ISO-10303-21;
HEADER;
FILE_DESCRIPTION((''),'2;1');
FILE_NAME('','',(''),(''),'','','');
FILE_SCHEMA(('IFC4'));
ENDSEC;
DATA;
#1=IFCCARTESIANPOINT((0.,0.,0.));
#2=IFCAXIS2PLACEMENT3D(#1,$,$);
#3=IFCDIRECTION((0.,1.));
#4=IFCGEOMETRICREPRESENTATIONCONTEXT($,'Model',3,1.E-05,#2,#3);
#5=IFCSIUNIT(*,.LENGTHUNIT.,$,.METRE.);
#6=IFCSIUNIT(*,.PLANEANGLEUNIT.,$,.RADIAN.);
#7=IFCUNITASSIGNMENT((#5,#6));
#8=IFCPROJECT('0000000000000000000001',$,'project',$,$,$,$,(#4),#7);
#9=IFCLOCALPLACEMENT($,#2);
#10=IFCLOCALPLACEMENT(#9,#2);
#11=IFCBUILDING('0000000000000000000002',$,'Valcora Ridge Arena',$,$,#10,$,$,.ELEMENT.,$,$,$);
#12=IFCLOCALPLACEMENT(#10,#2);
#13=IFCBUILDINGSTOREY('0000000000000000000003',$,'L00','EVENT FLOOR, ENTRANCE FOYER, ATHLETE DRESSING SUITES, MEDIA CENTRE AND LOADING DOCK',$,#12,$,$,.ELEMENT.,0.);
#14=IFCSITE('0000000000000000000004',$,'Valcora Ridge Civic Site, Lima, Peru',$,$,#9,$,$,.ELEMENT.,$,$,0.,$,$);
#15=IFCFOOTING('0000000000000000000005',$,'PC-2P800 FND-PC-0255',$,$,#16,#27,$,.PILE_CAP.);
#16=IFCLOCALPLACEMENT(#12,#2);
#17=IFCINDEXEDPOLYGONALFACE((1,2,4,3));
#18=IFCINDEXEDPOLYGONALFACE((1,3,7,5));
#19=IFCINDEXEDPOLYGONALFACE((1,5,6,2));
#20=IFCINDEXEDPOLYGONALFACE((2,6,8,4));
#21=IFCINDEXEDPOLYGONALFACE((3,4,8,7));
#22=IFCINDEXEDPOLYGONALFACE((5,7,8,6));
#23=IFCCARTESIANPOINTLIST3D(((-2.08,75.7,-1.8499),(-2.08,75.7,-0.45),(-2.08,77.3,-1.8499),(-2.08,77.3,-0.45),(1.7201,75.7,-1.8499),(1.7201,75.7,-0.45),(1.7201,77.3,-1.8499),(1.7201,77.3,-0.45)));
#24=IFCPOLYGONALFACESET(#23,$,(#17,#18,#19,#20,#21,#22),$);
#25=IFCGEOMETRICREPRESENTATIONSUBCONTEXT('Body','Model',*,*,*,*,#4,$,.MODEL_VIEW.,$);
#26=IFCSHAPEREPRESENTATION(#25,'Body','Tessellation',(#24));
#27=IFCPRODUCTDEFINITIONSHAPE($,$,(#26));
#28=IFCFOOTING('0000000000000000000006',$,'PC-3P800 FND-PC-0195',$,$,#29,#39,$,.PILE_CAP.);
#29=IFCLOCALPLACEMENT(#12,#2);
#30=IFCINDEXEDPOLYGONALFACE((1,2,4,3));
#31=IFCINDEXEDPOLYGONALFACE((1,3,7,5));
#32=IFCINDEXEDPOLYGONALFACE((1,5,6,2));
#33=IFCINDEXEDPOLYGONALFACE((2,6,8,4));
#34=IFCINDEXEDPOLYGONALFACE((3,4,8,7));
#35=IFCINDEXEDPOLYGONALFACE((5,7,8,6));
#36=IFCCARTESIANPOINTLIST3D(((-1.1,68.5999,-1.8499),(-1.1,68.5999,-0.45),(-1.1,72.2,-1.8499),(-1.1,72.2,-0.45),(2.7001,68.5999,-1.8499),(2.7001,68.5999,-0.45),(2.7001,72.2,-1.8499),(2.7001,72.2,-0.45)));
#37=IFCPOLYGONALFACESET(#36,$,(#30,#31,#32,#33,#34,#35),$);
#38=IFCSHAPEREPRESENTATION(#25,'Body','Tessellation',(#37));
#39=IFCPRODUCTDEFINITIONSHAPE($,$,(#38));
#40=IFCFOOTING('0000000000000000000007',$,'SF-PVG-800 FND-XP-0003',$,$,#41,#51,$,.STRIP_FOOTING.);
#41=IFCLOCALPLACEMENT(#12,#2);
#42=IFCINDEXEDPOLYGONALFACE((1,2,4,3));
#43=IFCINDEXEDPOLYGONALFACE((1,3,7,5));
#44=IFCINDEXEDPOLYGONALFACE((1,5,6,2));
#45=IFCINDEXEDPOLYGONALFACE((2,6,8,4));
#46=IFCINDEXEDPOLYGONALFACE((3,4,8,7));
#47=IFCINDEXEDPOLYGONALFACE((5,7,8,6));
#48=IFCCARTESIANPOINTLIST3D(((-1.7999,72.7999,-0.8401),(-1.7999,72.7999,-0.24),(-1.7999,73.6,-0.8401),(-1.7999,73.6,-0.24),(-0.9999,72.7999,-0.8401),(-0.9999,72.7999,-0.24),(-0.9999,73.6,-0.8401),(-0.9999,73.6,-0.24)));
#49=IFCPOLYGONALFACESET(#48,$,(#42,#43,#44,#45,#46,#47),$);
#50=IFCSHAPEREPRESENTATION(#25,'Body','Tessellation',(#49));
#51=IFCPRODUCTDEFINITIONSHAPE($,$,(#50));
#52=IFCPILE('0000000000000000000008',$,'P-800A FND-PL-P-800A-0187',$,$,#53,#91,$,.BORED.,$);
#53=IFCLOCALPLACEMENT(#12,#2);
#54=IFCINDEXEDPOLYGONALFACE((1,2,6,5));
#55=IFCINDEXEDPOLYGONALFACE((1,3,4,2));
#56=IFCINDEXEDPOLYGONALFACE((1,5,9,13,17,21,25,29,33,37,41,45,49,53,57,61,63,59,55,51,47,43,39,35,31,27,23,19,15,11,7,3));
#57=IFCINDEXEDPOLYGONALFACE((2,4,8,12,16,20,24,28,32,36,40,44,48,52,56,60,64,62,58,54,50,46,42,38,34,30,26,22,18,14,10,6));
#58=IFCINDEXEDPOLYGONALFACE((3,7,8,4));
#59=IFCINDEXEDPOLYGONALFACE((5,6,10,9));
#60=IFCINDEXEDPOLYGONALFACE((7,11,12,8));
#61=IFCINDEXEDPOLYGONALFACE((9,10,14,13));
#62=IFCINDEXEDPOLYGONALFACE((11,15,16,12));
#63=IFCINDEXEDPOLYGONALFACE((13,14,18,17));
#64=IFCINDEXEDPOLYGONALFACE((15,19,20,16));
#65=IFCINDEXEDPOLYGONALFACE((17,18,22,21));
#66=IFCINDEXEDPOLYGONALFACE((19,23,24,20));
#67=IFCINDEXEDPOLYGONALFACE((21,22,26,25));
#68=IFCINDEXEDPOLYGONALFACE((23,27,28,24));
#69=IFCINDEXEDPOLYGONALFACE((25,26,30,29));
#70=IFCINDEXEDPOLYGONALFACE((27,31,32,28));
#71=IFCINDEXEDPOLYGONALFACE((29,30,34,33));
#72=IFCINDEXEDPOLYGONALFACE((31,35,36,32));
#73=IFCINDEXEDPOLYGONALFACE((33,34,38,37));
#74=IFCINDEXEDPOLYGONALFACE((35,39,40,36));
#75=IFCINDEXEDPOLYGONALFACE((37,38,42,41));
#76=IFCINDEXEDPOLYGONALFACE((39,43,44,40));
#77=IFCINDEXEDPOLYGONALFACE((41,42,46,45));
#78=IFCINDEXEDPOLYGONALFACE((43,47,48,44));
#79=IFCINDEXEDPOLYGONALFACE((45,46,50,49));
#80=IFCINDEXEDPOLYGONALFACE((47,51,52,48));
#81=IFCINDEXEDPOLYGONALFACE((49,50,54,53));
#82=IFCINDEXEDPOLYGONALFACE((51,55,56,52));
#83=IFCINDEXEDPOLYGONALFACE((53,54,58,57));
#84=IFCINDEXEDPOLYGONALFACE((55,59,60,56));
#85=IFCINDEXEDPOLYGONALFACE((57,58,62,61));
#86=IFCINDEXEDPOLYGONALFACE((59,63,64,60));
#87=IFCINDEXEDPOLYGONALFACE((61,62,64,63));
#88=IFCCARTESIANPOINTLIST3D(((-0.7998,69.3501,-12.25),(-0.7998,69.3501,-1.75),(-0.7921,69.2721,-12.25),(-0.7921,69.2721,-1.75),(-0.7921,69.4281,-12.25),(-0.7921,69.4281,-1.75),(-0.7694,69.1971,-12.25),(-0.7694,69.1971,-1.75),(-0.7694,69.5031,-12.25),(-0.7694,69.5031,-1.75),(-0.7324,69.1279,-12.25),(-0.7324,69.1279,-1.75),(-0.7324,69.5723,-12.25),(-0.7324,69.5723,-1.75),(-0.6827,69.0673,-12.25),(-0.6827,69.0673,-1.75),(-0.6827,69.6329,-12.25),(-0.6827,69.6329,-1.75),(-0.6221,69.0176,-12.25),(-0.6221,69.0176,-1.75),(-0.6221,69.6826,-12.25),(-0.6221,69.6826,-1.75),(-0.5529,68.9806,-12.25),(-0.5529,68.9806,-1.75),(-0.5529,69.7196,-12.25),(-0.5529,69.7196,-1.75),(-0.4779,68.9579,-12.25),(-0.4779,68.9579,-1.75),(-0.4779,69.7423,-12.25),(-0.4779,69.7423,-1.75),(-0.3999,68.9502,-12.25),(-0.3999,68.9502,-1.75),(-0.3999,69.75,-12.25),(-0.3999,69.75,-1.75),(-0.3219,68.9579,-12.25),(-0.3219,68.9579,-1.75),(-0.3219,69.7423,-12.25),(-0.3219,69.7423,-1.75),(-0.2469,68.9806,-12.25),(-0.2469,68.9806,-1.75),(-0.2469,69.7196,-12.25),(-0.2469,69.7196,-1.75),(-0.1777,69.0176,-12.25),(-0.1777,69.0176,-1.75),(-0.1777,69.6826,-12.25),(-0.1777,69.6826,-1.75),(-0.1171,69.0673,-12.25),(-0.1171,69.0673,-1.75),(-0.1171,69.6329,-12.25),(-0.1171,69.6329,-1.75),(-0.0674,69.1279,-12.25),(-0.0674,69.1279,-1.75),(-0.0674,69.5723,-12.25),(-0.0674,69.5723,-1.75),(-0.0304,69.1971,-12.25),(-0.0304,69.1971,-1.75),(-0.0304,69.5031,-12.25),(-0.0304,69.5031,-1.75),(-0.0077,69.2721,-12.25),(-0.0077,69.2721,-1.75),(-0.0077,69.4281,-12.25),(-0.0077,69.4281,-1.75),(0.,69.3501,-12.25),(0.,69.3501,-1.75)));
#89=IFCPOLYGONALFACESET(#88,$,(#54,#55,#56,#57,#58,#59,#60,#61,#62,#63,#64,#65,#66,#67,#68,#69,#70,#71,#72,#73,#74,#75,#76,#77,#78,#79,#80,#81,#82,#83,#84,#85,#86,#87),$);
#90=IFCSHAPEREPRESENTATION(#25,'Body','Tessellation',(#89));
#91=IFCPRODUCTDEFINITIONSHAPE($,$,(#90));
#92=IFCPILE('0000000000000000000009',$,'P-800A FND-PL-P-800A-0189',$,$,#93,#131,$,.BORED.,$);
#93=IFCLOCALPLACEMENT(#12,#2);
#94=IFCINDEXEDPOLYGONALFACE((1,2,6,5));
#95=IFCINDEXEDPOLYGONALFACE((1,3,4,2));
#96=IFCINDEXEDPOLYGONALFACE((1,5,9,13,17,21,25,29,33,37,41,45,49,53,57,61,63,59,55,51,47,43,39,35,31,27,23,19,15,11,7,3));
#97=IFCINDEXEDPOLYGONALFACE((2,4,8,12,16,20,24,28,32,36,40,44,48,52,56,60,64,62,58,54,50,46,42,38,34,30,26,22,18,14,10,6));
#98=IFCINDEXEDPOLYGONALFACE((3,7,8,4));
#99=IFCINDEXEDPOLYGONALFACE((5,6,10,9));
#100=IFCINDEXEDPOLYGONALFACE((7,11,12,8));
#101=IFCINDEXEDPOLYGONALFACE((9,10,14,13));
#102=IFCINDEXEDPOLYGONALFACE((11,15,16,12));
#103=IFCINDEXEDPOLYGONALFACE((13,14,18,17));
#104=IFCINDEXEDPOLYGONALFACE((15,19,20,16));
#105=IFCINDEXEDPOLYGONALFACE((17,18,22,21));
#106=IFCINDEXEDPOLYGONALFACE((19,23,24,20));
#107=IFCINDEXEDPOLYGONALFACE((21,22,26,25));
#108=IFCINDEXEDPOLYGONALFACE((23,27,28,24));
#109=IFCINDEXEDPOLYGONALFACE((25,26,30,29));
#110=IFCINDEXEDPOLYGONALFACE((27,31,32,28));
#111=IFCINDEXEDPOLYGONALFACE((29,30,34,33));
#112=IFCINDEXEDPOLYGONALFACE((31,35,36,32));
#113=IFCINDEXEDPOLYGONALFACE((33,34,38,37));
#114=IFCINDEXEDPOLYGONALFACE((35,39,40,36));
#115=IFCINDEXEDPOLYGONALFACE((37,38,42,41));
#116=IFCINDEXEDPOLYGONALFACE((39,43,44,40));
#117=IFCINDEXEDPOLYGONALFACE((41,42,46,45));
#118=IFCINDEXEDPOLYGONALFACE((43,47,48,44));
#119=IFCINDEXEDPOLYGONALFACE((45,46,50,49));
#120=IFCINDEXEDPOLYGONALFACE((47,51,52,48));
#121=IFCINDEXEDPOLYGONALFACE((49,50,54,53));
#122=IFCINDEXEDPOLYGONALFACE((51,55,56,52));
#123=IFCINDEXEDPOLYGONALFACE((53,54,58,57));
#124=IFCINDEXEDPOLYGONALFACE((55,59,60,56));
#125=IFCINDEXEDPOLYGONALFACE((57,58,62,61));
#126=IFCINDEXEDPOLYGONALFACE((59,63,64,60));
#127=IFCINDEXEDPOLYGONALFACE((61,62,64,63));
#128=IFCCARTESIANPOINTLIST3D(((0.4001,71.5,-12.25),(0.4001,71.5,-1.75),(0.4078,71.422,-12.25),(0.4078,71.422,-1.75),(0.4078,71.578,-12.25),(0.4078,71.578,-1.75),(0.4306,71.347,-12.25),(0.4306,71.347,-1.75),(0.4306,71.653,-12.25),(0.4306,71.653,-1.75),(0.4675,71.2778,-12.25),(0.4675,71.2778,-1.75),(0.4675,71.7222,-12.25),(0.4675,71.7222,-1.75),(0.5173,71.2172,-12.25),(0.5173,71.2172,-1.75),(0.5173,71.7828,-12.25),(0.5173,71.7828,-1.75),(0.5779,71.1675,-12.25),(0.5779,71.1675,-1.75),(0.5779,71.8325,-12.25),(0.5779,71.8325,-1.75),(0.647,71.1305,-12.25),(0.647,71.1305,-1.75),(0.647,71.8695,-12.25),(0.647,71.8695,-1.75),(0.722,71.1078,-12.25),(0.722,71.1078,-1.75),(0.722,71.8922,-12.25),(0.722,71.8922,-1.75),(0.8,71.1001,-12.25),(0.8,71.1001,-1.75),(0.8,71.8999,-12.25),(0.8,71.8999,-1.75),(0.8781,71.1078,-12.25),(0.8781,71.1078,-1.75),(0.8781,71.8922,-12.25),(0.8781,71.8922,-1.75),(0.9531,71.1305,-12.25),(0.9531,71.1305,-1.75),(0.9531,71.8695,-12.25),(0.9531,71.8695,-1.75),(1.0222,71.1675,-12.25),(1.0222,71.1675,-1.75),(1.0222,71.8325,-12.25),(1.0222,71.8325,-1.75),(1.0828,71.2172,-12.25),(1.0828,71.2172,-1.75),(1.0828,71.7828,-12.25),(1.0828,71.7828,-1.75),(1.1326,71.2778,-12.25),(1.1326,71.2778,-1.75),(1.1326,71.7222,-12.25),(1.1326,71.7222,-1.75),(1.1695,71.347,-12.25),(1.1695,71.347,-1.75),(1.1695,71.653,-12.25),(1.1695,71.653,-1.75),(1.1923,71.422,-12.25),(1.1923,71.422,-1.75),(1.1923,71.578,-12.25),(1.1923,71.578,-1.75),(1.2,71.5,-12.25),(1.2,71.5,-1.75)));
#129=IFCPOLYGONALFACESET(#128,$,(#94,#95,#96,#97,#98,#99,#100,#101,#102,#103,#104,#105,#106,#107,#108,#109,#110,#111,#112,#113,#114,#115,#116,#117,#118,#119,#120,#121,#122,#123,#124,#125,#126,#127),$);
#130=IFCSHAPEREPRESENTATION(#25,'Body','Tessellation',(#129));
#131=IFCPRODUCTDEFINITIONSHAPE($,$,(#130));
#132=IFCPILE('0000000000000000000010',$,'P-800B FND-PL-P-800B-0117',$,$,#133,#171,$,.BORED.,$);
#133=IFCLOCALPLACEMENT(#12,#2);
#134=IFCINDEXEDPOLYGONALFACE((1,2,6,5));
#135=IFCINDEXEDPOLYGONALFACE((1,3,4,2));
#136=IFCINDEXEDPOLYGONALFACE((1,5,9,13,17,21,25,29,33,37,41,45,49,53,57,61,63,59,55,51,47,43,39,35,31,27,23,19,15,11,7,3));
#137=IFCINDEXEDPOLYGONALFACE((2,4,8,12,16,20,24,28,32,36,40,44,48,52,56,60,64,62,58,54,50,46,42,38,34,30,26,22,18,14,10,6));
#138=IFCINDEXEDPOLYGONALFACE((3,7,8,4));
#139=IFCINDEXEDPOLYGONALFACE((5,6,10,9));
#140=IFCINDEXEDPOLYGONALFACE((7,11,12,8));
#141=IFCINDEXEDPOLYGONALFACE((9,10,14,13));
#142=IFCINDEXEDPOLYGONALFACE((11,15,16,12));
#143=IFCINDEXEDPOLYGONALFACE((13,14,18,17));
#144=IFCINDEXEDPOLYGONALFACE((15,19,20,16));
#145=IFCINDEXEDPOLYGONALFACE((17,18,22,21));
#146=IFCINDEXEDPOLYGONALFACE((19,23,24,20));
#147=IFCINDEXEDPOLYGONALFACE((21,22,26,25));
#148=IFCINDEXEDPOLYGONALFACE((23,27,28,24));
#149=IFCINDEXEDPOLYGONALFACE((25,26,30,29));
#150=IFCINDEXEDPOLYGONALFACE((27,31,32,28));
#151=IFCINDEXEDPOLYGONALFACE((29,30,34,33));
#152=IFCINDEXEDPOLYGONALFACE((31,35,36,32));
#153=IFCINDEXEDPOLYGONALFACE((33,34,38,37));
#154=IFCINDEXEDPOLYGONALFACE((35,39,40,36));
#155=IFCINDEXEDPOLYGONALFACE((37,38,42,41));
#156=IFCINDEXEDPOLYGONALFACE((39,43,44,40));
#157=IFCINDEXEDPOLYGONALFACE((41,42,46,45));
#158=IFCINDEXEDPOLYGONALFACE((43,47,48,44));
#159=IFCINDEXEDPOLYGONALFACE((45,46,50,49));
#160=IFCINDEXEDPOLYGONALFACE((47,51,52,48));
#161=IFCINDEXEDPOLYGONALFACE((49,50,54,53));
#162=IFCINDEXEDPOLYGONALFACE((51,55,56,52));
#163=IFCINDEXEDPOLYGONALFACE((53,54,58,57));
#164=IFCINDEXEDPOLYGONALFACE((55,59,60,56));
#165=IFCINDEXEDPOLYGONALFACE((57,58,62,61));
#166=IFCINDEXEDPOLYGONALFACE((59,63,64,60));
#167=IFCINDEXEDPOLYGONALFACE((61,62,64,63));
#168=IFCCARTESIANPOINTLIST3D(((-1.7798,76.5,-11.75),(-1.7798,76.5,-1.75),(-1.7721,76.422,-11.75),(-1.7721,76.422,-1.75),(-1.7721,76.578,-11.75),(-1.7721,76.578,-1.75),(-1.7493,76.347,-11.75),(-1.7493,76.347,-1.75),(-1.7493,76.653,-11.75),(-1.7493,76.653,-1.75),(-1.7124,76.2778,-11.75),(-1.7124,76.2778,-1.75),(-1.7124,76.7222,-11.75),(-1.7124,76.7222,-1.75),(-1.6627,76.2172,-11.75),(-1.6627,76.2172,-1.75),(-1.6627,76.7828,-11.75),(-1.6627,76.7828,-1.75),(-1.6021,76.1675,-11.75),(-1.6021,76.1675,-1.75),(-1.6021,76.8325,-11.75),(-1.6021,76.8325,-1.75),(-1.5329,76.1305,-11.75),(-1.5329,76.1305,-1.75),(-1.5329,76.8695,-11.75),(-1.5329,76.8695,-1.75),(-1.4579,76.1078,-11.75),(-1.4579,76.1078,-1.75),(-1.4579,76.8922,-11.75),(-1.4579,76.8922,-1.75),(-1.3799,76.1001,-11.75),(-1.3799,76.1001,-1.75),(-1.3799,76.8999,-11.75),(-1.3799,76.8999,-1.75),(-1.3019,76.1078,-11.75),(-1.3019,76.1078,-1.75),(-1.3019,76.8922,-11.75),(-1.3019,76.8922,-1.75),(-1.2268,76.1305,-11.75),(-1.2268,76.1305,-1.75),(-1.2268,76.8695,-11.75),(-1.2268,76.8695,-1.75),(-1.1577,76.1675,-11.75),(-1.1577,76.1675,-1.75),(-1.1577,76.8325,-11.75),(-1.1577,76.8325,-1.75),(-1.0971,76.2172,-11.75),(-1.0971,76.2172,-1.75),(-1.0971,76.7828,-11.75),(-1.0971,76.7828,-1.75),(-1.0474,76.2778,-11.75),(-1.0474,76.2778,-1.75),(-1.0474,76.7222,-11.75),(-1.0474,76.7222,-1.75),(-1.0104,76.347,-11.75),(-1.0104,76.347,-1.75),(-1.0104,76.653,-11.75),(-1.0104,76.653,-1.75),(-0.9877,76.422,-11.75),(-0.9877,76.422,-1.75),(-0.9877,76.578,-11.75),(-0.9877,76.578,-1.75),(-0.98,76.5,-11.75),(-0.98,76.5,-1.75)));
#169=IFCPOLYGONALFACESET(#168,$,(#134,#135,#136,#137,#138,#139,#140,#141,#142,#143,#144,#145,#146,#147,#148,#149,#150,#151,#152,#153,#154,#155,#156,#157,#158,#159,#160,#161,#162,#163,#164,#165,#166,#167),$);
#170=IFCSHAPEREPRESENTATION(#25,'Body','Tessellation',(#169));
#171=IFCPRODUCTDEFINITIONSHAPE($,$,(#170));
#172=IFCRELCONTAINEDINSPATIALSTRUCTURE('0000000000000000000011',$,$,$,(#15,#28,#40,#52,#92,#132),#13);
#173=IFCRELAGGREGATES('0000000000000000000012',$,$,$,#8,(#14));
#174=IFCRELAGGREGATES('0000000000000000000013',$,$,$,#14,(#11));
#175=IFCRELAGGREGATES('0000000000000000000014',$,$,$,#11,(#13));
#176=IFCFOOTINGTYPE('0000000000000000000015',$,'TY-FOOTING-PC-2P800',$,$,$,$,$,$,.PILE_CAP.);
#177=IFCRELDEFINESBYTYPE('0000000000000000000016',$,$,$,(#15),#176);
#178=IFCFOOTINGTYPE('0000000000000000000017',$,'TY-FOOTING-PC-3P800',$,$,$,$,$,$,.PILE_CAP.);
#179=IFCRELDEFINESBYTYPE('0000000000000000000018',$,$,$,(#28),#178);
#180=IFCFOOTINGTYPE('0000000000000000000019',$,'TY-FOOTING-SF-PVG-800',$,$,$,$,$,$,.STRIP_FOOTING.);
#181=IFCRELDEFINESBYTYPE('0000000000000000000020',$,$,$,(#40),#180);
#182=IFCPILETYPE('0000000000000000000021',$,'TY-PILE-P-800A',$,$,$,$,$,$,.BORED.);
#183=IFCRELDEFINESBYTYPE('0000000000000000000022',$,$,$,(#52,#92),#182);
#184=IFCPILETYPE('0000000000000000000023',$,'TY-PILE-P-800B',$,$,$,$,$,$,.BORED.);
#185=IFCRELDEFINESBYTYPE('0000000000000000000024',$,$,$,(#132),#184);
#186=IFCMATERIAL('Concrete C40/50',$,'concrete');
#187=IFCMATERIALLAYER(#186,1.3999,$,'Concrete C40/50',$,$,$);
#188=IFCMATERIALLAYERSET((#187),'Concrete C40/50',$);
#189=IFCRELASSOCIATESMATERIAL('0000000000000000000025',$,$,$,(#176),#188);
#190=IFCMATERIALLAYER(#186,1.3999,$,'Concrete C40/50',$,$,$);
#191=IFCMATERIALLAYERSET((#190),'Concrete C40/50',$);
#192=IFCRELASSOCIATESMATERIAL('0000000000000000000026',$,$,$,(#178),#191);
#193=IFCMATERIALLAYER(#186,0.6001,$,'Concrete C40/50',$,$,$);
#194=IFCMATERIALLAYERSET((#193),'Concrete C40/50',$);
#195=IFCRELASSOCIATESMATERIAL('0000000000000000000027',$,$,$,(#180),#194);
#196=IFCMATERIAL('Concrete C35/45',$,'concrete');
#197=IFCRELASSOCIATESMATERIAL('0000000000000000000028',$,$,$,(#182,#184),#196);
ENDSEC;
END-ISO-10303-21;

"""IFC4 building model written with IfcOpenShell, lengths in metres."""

from ifc_helpers import new_model, si_unit, direction, frame, origin, origin_2d, place, context, subcontext, project, spatial, rectangle, circle, extrude, material, layer, layer_set, material_profile, profile_set, type_object, element, save


model = new_model("IFC4")

# Units and contexts
model_context = context("Model", 3, precision=1e-05, world=origin(), true_north=direction((0.0, 1.0)))
body_context = subcontext(model_context, "Body", "Model", "MODEL_VIEW")
ifc_project = project(units=[si_unit("LENGTHUNIT", "METRE"), si_unit("PLANEANGLEUNIT", "RADIAN")], contexts=[model_context])

# Site, building, storey
site_placement = place(None, origin())
site = spatial("IfcSite", under=ifc_project, at=site_placement, Name="Valcora Ridge Civic Site, Lima, Peru", CompositionType="ELEMENT", RefElevation=0.0)
building_placement = place(site_placement, origin())
building = spatial("IfcBuilding", under=site, at=building_placement, Name="Valcora Ridge Arena", CompositionType="ELEMENT")
storey_placement = place(building_placement, origin())
storey = spatial("IfcBuildingStorey", under=building, at=storey_placement, Name="L00", Description="EVENT FLOOR, ENTRANCE FOYER, ATHLETE DRESSING SUITES, MEDIA CENTRE AND LOADING DOCK", CompositionType="ELEMENT", Elevation=0.0)

# Footings
ifc_material_1 = material(Name="Concrete C40/50", Category="concrete")
ifc_layer_1 = layer(ifc_material_1, 1.3999, Name="Concrete C40/50")
ifc_layer_set_1 = layer_set([ifc_layer_1], Name="Concrete C40/50")
footing_type_1 = type_object("IfcFootingType", Name="TY-FOOTING-PC-2P800", PredefinedType="PILE_CAP", material=ifc_layer_set_1)
footing_1_placement = place(storey_placement, frame((-0.1799, 76.5, -1.8499), z_axis=(0.0, 0.0, 1.0), x_axis=(1.0, 0.0, 0.0)))
element("IfcFooting", 1, at=footing_1_placement, inside=storey, type_object=footing_type_1, Name="PC-2P800 FND-PC-0255", PredefinedType="PILE_CAP", context=body_context, shape_type="SweptSolid", body=[
    extrude(rectangle(XDim=3.8, YDim=1.6001, at=origin_2d()), origin(), (0.0, 0.0, 1.0), 1.3999),
])
ifc_layer_2 = layer(ifc_material_1, 1.3999, Name="Concrete C40/50")
ifc_layer_set_2 = layer_set([ifc_layer_2], Name="Concrete C40/50")
footing_type_2 = type_object("IfcFootingType", Name="TY-FOOTING-PC-3P800", PredefinedType="PILE_CAP", material=ifc_layer_set_2)
footing_2_placement = place(storey_placement, frame((0.8, 70.3999, -1.8499), z_axis=(0.0, 0.0, 1.0), x_axis=(1.0, 0.0, 0.0)))
element("IfcFooting", 2, at=footing_2_placement, inside=storey, type_object=footing_type_2, Name="PC-3P800 FND-PC-0195", PredefinedType="PILE_CAP", context=body_context, shape_type="SweptSolid", body=[
    extrude(rectangle(XDim=3.8, YDim=3.6001, at=origin_2d()), origin(), (0.0, 0.0, 1.0), 1.3999),
])
ifc_layer_3 = layer(ifc_material_1, 0.6001, Name="Concrete C40/50")
ifc_layer_set_3 = layer_set([ifc_layer_3], Name="Concrete C40/50")
footing_type_3 = type_object("IfcFootingType", Name="TY-FOOTING-SF-PVG-800", PredefinedType="STRIP_FOOTING", material=ifc_layer_set_3)
footing_3_placement = place(storey_placement, frame((-1.3999, 73.2, -0.8401), z_axis=(0.0, 0.0, 1.0), x_axis=(1.0, 0.0, 0.0)))
element("IfcFooting", 3, at=footing_3_placement, inside=storey, type_object=footing_type_3, Name="SF-PVG-800 FND-XP-0003", PredefinedType="STRIP_FOOTING", context=body_context, shape_type="SweptSolid", body=[
    extrude(rectangle(XDim=0.8, YDim=0.8, at=origin_2d()), origin(), (0.0, 0.0, 1.0), 0.6001),
])

# Piles
ifc_material_2 = material(Name="Concrete C35/45", Category="concrete")
ifc_material_profile_1 = material_profile(ifc_material_2, circle(Radius=0.3999, at=origin_2d()), Name="BORED PILE D800")
ifc_profile_set_1 = profile_set([ifc_material_profile_1], Name="Concrete C35/45")
pile_type_1 = type_object("IfcPileType", Name="TY-PILE-P-800A", PredefinedType="BORED", material=ifc_profile_set_1)
for number, where, z_axis, x_axis, name in (
    (4, (-0.3999, 69.3501, -1.75), (0.0, 0.0, -1.0), (1.0, 0.0, 0.0), "P-800A FND-PL-P-800A-0187"),
    (5, (0.8, 71.5, -1.75), (0.0, 0.0, -1.0), (1.0, 0.0, 0.0), "P-800A FND-PL-P-800A-0189"),
):
    element("IfcPile", number, at=place(storey_placement, frame(where, z_axis=z_axis, x_axis=x_axis)), inside=storey, type_object=pile_type_1, Name=name, PredefinedType="BORED", context=body_context, shape_type="SweptSolid", body=[
        extrude(circle(Radius=0.3999, at=origin_2d()), origin(), (0.0, 0.0, 1.0), 10.5),
    ])
ifc_material_profile_2 = material_profile(ifc_material_2, circle(Radius=0.3999, at=origin_2d()), Name="BORED PILE D800")
ifc_profile_set_2 = profile_set([ifc_material_profile_2], Name="Concrete C35/45")
pile_type_2 = type_object("IfcPileType", Name="TY-PILE-P-800B", PredefinedType="BORED", material=ifc_profile_set_2)
for number, where, z_axis, x_axis, name in (
    (6, (-1.3799, 76.5, -1.75), (0.0, 0.0, -1.0), (1.0, 0.0, 0.0), "P-800B FND-PL-P-800B-0117"),
):
    element("IfcPile", number, at=place(storey_placement, frame(where, z_axis=z_axis, x_axis=x_axis)), inside=storey, type_object=pile_type_2, Name=name, PredefinedType="BORED", context=body_context, shape_type="SweptSolid", body=[
        extrude(circle(Radius=0.3999, at=origin_2d()), origin(), (0.0, 0.0, 1.0), 10.0),
    ])

save(model, "model.ifc")
